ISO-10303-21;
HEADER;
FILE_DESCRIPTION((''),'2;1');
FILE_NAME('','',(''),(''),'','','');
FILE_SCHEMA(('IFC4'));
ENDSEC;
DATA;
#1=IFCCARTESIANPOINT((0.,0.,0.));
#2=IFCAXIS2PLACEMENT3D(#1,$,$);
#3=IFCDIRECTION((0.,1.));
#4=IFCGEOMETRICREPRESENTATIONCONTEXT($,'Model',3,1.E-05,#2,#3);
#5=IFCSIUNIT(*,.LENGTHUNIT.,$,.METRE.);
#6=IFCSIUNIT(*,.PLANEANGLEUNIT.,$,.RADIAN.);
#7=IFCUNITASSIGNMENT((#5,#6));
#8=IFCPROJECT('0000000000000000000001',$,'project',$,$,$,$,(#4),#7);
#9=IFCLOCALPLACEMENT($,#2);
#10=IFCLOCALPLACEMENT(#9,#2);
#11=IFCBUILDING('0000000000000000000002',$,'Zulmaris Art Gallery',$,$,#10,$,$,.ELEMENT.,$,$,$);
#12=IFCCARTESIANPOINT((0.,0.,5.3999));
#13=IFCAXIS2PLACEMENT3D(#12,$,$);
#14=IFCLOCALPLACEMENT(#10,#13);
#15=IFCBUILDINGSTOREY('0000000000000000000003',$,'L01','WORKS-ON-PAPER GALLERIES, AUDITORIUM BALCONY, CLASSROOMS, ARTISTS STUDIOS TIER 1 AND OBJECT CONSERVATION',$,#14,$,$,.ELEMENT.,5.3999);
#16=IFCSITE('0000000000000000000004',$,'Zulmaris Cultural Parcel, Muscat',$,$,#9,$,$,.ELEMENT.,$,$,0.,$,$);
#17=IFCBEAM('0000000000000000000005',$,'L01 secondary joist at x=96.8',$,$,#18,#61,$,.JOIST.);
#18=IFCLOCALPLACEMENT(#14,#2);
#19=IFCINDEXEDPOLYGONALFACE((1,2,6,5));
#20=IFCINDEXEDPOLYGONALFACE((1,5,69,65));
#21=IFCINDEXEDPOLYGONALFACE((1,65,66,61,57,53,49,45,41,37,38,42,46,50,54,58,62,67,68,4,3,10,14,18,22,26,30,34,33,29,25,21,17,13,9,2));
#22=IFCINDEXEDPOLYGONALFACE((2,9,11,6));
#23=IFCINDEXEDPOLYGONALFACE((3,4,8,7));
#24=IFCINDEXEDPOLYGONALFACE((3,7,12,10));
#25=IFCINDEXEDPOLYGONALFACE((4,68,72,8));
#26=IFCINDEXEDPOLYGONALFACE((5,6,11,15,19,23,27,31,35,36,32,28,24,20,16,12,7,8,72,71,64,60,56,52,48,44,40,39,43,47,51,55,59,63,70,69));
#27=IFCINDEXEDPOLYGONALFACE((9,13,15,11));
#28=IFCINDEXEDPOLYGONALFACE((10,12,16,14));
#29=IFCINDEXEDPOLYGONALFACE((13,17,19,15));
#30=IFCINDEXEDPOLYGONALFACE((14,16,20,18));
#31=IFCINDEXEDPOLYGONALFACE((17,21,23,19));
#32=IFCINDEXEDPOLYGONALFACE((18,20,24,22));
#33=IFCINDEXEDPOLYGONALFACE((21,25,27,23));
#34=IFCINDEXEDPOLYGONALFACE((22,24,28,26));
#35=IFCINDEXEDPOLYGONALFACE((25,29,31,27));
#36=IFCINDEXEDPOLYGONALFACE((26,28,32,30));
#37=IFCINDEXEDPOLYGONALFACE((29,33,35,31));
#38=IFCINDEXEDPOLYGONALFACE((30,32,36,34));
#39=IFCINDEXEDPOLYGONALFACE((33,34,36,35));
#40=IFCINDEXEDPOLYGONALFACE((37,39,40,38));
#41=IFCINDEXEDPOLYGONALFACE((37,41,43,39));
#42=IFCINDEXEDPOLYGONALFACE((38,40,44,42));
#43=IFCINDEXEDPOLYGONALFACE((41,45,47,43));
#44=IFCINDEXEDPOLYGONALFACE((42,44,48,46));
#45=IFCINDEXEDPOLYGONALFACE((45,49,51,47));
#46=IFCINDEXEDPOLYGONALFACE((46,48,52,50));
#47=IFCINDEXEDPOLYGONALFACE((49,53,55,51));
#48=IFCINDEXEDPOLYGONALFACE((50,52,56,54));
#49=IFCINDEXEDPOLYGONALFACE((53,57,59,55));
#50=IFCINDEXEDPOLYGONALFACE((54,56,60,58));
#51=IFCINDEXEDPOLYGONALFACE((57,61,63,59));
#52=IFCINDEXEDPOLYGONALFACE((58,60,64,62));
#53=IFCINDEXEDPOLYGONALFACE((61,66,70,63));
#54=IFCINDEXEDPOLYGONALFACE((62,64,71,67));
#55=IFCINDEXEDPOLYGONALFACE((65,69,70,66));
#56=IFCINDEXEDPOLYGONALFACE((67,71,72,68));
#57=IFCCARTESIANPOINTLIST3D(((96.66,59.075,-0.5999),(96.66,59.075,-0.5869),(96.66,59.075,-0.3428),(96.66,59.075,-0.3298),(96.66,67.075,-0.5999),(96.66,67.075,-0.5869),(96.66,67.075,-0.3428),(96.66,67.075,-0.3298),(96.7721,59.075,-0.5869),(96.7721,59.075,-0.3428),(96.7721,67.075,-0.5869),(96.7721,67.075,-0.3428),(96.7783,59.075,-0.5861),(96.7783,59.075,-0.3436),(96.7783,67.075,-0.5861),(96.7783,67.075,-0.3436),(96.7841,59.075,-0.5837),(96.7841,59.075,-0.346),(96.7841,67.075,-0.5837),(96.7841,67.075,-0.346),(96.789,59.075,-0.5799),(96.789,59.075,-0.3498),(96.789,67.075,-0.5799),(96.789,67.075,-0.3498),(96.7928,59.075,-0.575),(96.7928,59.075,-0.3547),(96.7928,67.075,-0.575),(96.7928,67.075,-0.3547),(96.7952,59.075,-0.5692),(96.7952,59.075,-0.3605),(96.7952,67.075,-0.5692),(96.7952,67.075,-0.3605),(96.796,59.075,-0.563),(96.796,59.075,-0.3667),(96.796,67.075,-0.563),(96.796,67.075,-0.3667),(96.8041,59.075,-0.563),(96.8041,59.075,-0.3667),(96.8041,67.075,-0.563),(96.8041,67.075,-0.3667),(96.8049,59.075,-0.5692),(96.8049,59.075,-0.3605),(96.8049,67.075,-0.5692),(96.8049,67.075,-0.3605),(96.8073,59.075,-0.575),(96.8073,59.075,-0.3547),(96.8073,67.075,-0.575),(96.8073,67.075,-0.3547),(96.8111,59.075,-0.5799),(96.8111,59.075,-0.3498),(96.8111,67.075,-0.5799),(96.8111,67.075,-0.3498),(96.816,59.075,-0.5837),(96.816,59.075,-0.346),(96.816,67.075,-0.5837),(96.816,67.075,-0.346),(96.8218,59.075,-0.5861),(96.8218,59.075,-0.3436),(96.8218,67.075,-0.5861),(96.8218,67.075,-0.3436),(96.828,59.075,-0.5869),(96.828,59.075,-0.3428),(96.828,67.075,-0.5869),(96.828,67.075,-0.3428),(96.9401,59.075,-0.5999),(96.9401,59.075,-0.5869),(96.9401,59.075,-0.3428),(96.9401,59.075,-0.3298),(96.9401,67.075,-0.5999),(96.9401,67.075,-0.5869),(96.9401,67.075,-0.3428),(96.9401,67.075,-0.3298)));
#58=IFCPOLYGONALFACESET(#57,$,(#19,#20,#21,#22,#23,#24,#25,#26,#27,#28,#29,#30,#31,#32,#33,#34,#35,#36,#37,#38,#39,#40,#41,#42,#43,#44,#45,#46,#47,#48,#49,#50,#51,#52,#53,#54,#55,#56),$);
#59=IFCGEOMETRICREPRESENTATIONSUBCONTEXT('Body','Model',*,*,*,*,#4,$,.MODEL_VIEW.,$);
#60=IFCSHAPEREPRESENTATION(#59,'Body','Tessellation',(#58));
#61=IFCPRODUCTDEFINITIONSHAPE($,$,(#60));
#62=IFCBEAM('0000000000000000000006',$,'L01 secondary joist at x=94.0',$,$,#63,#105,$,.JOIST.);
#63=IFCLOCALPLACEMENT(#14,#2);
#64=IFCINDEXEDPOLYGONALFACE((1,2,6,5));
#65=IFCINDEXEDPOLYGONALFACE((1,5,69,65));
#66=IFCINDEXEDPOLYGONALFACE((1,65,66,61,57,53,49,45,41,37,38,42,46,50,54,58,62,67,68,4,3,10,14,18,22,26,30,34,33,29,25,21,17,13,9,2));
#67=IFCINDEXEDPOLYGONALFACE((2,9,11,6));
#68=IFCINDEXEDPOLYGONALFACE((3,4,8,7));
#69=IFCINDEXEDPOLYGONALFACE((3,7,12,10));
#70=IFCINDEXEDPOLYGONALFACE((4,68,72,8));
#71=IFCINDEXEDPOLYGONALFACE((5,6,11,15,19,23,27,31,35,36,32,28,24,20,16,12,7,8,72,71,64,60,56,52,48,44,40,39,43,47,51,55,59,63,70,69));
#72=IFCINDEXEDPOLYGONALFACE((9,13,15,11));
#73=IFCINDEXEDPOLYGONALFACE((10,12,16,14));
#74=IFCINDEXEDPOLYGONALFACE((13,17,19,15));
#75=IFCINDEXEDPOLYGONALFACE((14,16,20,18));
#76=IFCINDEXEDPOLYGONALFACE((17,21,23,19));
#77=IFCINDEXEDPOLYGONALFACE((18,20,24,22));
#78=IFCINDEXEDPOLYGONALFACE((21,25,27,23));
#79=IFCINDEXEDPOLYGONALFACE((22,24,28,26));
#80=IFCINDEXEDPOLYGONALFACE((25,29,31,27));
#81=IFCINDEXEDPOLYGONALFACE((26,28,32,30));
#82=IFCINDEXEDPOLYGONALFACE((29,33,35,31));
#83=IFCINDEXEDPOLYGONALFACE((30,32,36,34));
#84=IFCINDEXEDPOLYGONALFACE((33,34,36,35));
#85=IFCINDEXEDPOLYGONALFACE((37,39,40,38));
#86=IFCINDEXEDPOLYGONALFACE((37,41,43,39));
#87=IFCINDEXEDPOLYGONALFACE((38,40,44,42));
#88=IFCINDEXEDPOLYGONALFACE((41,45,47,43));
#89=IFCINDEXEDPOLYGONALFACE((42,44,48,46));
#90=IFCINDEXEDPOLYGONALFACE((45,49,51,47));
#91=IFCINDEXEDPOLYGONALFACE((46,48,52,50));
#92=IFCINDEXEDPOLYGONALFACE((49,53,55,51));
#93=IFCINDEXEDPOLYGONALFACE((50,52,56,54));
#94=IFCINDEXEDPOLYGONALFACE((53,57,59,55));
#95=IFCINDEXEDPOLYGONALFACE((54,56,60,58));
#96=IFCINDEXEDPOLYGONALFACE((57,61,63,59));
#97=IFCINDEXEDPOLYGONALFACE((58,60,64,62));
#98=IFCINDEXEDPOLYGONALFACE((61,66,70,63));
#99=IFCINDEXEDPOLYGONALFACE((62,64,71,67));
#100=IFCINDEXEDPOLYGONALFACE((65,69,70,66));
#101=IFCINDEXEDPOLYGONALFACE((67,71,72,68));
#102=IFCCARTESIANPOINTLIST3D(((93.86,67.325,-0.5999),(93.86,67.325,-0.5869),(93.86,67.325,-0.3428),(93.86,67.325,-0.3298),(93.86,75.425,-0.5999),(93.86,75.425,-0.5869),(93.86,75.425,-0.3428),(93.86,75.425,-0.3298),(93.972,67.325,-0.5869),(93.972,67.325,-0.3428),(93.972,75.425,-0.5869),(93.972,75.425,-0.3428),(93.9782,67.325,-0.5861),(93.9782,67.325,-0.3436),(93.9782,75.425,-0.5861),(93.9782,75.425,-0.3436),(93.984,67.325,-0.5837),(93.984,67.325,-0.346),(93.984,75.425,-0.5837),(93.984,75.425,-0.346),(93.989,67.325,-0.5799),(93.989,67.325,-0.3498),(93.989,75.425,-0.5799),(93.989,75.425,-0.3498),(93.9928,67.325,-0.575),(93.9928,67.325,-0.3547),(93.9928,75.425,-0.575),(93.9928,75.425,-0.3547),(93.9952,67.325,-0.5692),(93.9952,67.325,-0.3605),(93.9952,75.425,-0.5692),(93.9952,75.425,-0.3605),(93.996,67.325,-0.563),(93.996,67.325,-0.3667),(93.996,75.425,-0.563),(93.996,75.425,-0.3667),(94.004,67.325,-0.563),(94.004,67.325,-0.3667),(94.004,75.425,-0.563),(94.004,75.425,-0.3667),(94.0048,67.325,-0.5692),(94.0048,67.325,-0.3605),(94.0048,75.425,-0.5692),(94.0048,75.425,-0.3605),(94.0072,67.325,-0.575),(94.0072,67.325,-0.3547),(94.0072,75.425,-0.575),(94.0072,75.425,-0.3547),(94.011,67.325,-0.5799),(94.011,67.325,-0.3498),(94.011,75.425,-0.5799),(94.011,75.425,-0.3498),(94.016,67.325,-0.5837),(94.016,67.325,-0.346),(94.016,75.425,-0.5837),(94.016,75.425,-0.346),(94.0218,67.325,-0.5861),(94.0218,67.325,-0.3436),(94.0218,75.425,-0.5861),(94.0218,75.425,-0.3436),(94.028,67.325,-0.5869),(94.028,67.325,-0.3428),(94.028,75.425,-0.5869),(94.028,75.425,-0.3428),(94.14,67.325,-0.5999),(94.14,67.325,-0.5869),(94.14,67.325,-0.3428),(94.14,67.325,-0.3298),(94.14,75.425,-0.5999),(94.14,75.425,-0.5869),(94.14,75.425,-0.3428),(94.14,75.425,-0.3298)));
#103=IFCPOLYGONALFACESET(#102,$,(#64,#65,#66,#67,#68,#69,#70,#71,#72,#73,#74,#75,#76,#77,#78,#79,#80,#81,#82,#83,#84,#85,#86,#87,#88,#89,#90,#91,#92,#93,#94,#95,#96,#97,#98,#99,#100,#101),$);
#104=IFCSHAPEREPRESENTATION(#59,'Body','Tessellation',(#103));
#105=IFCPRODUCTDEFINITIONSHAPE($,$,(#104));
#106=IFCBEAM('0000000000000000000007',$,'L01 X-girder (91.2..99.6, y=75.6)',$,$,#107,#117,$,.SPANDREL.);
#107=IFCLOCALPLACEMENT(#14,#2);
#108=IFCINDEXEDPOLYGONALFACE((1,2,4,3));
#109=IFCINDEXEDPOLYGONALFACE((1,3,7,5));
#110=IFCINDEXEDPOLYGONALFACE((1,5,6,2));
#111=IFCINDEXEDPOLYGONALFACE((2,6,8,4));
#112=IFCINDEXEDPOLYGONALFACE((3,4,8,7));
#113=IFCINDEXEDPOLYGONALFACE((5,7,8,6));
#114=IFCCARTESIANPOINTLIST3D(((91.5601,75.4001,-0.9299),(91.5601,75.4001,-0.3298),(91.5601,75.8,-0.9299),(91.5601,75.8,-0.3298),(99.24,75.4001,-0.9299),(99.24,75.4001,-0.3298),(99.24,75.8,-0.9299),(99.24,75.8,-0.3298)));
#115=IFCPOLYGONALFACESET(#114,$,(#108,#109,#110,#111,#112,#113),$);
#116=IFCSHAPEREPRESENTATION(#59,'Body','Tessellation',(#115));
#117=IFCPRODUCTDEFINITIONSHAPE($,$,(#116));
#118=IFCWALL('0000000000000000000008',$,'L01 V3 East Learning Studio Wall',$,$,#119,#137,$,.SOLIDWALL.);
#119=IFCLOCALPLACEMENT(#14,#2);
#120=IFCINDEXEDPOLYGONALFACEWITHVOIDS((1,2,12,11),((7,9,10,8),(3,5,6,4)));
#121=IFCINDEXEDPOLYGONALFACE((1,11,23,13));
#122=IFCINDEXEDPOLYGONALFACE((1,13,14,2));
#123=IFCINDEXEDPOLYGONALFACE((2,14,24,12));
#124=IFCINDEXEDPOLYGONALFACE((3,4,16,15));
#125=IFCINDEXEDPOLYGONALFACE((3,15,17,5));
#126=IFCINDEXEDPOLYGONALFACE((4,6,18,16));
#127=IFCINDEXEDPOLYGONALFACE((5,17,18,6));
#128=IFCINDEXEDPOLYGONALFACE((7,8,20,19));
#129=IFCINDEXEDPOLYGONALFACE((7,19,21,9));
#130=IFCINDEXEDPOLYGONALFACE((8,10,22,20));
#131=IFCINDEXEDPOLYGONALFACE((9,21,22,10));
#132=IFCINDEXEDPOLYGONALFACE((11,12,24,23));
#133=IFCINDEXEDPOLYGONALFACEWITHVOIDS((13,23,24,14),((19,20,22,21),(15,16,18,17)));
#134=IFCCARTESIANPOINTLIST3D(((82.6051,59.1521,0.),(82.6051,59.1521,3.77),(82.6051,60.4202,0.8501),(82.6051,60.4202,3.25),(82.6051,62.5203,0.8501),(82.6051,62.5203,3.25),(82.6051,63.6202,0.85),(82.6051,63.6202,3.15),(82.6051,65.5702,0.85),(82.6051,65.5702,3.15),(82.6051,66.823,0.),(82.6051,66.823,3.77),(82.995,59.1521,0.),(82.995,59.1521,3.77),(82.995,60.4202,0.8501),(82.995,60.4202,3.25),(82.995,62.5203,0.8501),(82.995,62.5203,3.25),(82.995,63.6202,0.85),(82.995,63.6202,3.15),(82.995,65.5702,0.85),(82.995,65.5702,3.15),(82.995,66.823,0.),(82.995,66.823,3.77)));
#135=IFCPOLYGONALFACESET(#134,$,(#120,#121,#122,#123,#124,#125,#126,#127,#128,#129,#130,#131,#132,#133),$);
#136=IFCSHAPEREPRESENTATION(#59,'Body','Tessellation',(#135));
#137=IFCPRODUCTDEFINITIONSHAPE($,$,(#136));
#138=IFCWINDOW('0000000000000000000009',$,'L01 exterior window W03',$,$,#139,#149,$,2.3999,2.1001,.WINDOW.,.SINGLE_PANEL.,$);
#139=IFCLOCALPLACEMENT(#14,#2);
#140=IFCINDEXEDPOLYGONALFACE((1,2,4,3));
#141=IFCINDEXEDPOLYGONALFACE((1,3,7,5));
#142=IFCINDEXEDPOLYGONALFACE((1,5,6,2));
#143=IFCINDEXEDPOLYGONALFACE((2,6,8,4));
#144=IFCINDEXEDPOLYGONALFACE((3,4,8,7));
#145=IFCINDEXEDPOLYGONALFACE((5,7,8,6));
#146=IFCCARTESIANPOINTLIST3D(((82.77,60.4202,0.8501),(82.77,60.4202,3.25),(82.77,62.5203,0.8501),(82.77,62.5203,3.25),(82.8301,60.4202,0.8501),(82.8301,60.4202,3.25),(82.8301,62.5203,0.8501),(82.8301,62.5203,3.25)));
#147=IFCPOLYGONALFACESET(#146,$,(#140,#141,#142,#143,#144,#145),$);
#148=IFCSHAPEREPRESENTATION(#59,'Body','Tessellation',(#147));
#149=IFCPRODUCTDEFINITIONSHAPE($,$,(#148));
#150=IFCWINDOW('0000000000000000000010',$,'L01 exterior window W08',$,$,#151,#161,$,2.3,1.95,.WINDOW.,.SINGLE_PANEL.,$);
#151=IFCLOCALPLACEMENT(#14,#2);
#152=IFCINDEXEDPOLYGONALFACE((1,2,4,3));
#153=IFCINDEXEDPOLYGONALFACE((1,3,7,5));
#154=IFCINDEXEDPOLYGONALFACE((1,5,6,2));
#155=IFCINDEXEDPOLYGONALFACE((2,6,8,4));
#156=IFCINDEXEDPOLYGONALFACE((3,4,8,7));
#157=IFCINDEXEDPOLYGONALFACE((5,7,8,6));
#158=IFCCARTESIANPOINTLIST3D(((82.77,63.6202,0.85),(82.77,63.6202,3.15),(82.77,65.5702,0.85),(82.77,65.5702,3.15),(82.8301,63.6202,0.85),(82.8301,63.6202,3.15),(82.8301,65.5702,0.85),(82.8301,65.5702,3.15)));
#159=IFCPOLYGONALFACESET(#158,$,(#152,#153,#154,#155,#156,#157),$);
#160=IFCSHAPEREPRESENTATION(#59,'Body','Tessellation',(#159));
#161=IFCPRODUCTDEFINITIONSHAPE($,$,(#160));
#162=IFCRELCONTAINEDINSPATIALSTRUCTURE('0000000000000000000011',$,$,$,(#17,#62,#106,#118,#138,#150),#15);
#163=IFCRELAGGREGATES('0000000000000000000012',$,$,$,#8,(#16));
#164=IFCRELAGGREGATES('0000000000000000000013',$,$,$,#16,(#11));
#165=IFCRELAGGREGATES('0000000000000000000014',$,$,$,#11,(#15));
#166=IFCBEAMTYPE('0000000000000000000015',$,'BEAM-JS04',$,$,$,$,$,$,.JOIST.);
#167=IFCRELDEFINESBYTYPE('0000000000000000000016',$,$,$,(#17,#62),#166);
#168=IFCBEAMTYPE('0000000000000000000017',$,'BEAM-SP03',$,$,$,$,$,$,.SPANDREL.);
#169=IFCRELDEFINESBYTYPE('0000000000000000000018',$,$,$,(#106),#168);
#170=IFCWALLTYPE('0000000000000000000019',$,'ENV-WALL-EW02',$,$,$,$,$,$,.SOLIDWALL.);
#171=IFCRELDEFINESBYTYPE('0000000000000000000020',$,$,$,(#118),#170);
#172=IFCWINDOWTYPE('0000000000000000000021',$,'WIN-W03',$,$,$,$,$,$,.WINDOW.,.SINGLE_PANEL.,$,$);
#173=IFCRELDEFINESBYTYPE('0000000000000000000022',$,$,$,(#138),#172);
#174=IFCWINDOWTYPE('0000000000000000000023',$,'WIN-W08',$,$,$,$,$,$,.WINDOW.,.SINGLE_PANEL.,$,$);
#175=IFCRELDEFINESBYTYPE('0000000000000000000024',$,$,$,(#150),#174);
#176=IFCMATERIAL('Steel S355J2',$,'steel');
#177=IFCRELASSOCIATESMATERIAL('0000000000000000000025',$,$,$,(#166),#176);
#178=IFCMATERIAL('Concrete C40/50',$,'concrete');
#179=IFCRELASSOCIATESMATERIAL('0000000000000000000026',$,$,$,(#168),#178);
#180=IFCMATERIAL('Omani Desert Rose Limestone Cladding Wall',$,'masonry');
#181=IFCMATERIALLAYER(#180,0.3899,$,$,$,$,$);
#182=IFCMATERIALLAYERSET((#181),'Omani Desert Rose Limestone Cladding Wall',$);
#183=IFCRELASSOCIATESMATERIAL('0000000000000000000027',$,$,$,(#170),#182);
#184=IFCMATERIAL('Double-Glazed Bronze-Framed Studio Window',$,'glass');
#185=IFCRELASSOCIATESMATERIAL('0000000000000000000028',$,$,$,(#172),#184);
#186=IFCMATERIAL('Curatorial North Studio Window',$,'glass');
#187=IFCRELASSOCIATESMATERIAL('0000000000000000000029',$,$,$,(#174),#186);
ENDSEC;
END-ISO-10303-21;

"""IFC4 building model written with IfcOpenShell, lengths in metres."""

from ifc_helpers import new_model, si_unit, direction, frame, frame_2d, origin, origin_2d, place, context, subcontext, project, spatial, rectangle, i_section, extrude, material, layer, layer_set, material_profile, profile_set, type_object, element, fill, save


model = new_model("IFC4")

# Units and contexts
model_context = context("Model", 3, precision=1e-05, world=origin(), true_north=direction((0.0, 1.0)))
body_context = subcontext(model_context, "Body", "Model", "MODEL_VIEW")
ifc_project = project(units=[si_unit("LENGTHUNIT", "METRE"), si_unit("PLANEANGLEUNIT", "RADIAN")], contexts=[model_context])

# Site, building, storey
site_placement = place(None, origin())
site = spatial("IfcSite", under=ifc_project, at=site_placement, Name="Zulmaris Cultural Parcel, Muscat", CompositionType="ELEMENT", RefElevation=0.0)
building_placement = place(site_placement, origin())
building = spatial("IfcBuilding", under=site, at=building_placement, Name="Zulmaris Art Gallery", CompositionType="ELEMENT")
storey_placement = place(building_placement, frame((0.0, 0.0, 5.3999)))
storey = spatial("IfcBuildingStorey", under=building, at=storey_placement, Name="L01", Description="WORKS-ON-PAPER GALLERIES, AUDITORIUM BALCONY, CLASSROOMS, ARTISTS STUDIOS TIER 1 AND OBJECT CONSERVATION", CompositionType="ELEMENT", Elevation=5.3999)

# Shared definitions
ifc_material_1 = material(Name="Concrete C40/50", Category="concrete")

# Beams
ifc_material_2 = material(Name="Steel S355J2", Category="steel")
ifc_material_profile_1 = material_profile(ifc_material_2, i_section(OverallWidth=0.28, OverallDepth=0.27, WebThickness=0.0081, FlangeThickness=0.0129, FilletRadius=0.0239, at=origin_2d()), Name="HEA 280")
ifc_profile_set_1 = profile_set([ifc_material_profile_1], Name="Steel S355J2")
beam_type_1 = type_object("IfcBeamType", Name="BEAM-JS04", PredefinedType="JOIST", material=ifc_profile_set_1)
beam_1_placement = place(storey_placement, frame((96.8, 59.075, -0.4648), z_axis=(0.0, 1.0, 0.0), x_axis=(-1.0, 0.0, 0.0)))
element("IfcBeam", 1, at=beam_1_placement, inside=storey, type_object=beam_type_1, Name="L01 secondary joist at x=96.8", PredefinedType="JOIST", context=body_context, shape_type="SweptSolid", body=[
    extrude(i_section(OverallWidth=0.28, OverallDepth=0.27, WebThickness=0.0081, FlangeThickness=0.0129, FilletRadius=0.0239, at=origin_2d()), origin(), (0.0, 0.0, 1.0), 8.0),
])
beam_2_placement = place(storey_placement, frame((94.0, 67.325, -0.4648), z_axis=(0.0, 1.0, 0.0), x_axis=(-1.0, 0.0, 0.0)))
element("IfcBeam", 2, at=beam_2_placement, inside=storey, type_object=beam_type_1, Name="L01 secondary joist at x=94.0", PredefinedType="JOIST", context=body_context, shape_type="SweptSolid", body=[
    extrude(i_section(OverallWidth=0.28, OverallDepth=0.27, WebThickness=0.0081, FlangeThickness=0.0129, FilletRadius=0.0239, at=origin_2d()), origin(), (0.0, 0.0, 1.0), 8.1001),
])
ifc_material_profile_2 = material_profile(ifc_material_1, rectangle(XDim=0.3999, YDim=0.6001, at=origin_2d()), Name="RC 400x600")
ifc_profile_set_2 = profile_set([ifc_material_profile_2], Name="Concrete C40/50")
beam_type_2 = type_object("IfcBeamType", Name="BEAM-SP03", PredefinedType="SPANDREL", material=ifc_profile_set_2)
beam_3_placement = place(storey_placement, frame((91.5601, 75.6001, -0.6299), z_axis=(1.0, 0.0, 0.0), x_axis=(0.0, 1.0, 0.0)))
element("IfcBeam", 3, at=beam_3_placement, inside=storey, type_object=beam_type_2, Name="L01 X-girder (91.2..99.6, y=75.6)", PredefinedType="SPANDREL", context=body_context, shape_type="SweptSolid", body=[
    extrude(rectangle(XDim=0.3999, YDim=0.6001, at=origin_2d()), origin(), (0.0, 0.0, 1.0), 7.6799),
])

# Wall, openings, windows
ifc_material_3 = material(Name="Omani Desert Rose Limestone Cladding Wall", Category="masonry")
ifc_layer_1 = layer(ifc_material_3, 0.3899)
ifc_layer_set_1 = layer_set([ifc_layer_1], Name="Omani Desert Rose Limestone Cladding Wall")
wall_type_1 = type_object("IfcWallType", Name="ENV-WALL-EW02", PredefinedType="SOLIDWALL", material=ifc_layer_set_1)
wall_1_placement = place(storey_placement, frame((82.8, 59.1521, 0.0), z_axis=(0.0, 0.0, 1.0), x_axis=(0.0, 1.0, 0.0)))
wall_1 = element("IfcWall", 4, at=wall_1_placement, inside=storey, type_object=wall_type_1, Name="L01 V3 East Learning Studio Wall", PredefinedType="SOLIDWALL", context=body_context, shape_type="SweptSolid", body=[
    extrude(rectangle(XDim=7.6709, YDim=0.3899, at=frame_2d((3.8354, 0.0))), origin(), (0.0, 0.0, 1.0), 3.77),
])
opening_1_placement = place(wall_1_placement, frame((1.2681, 0.0, 0.8501)))
opening_1 = element("IfcOpeningElement", 5, at=opening_1_placement, cuts=wall_1, PredefinedType="OPENING", context=body_context, shape_type="SweptSolid", body=[
    extrude(rectangle(XDim=2.1001, YDim=2.3999, at=frame_2d((1.05, 1.2))), frame((0.0, 0.2048, 0.0), z_axis=(0.0, -1.0, 0.0), x_axis=(1.0, 0.0, 0.0)), (0.0, 0.0, 1.0), 0.4099),
])
opening_2_placement = place(wall_1_placement, frame((4.468, 0.0, 0.8501)))
opening_2 = element("IfcOpeningElement", 6, at=opening_2_placement, cuts=wall_1, PredefinedType="OPENING", context=body_context, shape_type="SweptSolid", body=[
    extrude(rectangle(XDim=1.95, YDim=2.3, at=frame_2d((0.9751, 1.1499))), frame((0.0, 0.2048, 0.0), z_axis=(0.0, -1.0, 0.0), x_axis=(1.0, 0.0, 0.0)), (0.0, 0.0, 1.0), 0.4099),
])
ifc_material_4 = material(Name="Double-Glazed Bronze-Framed Studio Window", Category="glass")
window_type_1 = type_object("IfcWindowType", Name="WIN-W03", PartitioningType="SINGLE_PANEL", PredefinedType="WINDOW", material=ifc_material_4)
window_1_placement = place(opening_1_placement, origin())
window_1 = element("IfcWindow", 7, at=window_1_placement, inside=storey, type_object=window_type_1, Name="L01 exterior window W03", OverallHeight=2.3999, OverallWidth=2.1001, PartitioningType="SINGLE_PANEL", PredefinedType="WINDOW", context=body_context, shape_type="SweptSolid", body=[
    extrude(rectangle(XDim=2.1001, YDim=2.3999, at=frame_2d((1.05, 1.2))), frame((0.0, 0.03, 0.0), z_axis=(0.0, -1.0, 0.0), x_axis=(1.0, 0.0, 0.0)), (0.0, 0.0, 1.0), 0.0601),
])
fill(opening_1, window_1)
ifc_material_5 = material(Name="Curatorial North Studio Window", Category="glass")
window_type_2 = type_object("IfcWindowType", Name="WIN-W08", PartitioningType="SINGLE_PANEL", PredefinedType="WINDOW", material=ifc_material_5)
window_2_placement = place(opening_2_placement, origin())
window_2 = element("IfcWindow", 8, at=window_2_placement, inside=storey, type_object=window_type_2, Name="L01 exterior window W08", OverallHeight=2.3, OverallWidth=1.95, PartitioningType="SINGLE_PANEL", PredefinedType="WINDOW", context=body_context, shape_type="SweptSolid", body=[
    extrude(rectangle(XDim=1.95, YDim=2.3, at=frame_2d((0.9751, 1.1499))), frame((0.0, 0.03, 0.0), z_axis=(0.0, -1.0, 0.0), x_axis=(1.0, 0.0, 0.0)), (0.0, 0.0, 1.0), 0.0601),
])
fill(opening_2, window_2)

save(model, "model.ifc")
